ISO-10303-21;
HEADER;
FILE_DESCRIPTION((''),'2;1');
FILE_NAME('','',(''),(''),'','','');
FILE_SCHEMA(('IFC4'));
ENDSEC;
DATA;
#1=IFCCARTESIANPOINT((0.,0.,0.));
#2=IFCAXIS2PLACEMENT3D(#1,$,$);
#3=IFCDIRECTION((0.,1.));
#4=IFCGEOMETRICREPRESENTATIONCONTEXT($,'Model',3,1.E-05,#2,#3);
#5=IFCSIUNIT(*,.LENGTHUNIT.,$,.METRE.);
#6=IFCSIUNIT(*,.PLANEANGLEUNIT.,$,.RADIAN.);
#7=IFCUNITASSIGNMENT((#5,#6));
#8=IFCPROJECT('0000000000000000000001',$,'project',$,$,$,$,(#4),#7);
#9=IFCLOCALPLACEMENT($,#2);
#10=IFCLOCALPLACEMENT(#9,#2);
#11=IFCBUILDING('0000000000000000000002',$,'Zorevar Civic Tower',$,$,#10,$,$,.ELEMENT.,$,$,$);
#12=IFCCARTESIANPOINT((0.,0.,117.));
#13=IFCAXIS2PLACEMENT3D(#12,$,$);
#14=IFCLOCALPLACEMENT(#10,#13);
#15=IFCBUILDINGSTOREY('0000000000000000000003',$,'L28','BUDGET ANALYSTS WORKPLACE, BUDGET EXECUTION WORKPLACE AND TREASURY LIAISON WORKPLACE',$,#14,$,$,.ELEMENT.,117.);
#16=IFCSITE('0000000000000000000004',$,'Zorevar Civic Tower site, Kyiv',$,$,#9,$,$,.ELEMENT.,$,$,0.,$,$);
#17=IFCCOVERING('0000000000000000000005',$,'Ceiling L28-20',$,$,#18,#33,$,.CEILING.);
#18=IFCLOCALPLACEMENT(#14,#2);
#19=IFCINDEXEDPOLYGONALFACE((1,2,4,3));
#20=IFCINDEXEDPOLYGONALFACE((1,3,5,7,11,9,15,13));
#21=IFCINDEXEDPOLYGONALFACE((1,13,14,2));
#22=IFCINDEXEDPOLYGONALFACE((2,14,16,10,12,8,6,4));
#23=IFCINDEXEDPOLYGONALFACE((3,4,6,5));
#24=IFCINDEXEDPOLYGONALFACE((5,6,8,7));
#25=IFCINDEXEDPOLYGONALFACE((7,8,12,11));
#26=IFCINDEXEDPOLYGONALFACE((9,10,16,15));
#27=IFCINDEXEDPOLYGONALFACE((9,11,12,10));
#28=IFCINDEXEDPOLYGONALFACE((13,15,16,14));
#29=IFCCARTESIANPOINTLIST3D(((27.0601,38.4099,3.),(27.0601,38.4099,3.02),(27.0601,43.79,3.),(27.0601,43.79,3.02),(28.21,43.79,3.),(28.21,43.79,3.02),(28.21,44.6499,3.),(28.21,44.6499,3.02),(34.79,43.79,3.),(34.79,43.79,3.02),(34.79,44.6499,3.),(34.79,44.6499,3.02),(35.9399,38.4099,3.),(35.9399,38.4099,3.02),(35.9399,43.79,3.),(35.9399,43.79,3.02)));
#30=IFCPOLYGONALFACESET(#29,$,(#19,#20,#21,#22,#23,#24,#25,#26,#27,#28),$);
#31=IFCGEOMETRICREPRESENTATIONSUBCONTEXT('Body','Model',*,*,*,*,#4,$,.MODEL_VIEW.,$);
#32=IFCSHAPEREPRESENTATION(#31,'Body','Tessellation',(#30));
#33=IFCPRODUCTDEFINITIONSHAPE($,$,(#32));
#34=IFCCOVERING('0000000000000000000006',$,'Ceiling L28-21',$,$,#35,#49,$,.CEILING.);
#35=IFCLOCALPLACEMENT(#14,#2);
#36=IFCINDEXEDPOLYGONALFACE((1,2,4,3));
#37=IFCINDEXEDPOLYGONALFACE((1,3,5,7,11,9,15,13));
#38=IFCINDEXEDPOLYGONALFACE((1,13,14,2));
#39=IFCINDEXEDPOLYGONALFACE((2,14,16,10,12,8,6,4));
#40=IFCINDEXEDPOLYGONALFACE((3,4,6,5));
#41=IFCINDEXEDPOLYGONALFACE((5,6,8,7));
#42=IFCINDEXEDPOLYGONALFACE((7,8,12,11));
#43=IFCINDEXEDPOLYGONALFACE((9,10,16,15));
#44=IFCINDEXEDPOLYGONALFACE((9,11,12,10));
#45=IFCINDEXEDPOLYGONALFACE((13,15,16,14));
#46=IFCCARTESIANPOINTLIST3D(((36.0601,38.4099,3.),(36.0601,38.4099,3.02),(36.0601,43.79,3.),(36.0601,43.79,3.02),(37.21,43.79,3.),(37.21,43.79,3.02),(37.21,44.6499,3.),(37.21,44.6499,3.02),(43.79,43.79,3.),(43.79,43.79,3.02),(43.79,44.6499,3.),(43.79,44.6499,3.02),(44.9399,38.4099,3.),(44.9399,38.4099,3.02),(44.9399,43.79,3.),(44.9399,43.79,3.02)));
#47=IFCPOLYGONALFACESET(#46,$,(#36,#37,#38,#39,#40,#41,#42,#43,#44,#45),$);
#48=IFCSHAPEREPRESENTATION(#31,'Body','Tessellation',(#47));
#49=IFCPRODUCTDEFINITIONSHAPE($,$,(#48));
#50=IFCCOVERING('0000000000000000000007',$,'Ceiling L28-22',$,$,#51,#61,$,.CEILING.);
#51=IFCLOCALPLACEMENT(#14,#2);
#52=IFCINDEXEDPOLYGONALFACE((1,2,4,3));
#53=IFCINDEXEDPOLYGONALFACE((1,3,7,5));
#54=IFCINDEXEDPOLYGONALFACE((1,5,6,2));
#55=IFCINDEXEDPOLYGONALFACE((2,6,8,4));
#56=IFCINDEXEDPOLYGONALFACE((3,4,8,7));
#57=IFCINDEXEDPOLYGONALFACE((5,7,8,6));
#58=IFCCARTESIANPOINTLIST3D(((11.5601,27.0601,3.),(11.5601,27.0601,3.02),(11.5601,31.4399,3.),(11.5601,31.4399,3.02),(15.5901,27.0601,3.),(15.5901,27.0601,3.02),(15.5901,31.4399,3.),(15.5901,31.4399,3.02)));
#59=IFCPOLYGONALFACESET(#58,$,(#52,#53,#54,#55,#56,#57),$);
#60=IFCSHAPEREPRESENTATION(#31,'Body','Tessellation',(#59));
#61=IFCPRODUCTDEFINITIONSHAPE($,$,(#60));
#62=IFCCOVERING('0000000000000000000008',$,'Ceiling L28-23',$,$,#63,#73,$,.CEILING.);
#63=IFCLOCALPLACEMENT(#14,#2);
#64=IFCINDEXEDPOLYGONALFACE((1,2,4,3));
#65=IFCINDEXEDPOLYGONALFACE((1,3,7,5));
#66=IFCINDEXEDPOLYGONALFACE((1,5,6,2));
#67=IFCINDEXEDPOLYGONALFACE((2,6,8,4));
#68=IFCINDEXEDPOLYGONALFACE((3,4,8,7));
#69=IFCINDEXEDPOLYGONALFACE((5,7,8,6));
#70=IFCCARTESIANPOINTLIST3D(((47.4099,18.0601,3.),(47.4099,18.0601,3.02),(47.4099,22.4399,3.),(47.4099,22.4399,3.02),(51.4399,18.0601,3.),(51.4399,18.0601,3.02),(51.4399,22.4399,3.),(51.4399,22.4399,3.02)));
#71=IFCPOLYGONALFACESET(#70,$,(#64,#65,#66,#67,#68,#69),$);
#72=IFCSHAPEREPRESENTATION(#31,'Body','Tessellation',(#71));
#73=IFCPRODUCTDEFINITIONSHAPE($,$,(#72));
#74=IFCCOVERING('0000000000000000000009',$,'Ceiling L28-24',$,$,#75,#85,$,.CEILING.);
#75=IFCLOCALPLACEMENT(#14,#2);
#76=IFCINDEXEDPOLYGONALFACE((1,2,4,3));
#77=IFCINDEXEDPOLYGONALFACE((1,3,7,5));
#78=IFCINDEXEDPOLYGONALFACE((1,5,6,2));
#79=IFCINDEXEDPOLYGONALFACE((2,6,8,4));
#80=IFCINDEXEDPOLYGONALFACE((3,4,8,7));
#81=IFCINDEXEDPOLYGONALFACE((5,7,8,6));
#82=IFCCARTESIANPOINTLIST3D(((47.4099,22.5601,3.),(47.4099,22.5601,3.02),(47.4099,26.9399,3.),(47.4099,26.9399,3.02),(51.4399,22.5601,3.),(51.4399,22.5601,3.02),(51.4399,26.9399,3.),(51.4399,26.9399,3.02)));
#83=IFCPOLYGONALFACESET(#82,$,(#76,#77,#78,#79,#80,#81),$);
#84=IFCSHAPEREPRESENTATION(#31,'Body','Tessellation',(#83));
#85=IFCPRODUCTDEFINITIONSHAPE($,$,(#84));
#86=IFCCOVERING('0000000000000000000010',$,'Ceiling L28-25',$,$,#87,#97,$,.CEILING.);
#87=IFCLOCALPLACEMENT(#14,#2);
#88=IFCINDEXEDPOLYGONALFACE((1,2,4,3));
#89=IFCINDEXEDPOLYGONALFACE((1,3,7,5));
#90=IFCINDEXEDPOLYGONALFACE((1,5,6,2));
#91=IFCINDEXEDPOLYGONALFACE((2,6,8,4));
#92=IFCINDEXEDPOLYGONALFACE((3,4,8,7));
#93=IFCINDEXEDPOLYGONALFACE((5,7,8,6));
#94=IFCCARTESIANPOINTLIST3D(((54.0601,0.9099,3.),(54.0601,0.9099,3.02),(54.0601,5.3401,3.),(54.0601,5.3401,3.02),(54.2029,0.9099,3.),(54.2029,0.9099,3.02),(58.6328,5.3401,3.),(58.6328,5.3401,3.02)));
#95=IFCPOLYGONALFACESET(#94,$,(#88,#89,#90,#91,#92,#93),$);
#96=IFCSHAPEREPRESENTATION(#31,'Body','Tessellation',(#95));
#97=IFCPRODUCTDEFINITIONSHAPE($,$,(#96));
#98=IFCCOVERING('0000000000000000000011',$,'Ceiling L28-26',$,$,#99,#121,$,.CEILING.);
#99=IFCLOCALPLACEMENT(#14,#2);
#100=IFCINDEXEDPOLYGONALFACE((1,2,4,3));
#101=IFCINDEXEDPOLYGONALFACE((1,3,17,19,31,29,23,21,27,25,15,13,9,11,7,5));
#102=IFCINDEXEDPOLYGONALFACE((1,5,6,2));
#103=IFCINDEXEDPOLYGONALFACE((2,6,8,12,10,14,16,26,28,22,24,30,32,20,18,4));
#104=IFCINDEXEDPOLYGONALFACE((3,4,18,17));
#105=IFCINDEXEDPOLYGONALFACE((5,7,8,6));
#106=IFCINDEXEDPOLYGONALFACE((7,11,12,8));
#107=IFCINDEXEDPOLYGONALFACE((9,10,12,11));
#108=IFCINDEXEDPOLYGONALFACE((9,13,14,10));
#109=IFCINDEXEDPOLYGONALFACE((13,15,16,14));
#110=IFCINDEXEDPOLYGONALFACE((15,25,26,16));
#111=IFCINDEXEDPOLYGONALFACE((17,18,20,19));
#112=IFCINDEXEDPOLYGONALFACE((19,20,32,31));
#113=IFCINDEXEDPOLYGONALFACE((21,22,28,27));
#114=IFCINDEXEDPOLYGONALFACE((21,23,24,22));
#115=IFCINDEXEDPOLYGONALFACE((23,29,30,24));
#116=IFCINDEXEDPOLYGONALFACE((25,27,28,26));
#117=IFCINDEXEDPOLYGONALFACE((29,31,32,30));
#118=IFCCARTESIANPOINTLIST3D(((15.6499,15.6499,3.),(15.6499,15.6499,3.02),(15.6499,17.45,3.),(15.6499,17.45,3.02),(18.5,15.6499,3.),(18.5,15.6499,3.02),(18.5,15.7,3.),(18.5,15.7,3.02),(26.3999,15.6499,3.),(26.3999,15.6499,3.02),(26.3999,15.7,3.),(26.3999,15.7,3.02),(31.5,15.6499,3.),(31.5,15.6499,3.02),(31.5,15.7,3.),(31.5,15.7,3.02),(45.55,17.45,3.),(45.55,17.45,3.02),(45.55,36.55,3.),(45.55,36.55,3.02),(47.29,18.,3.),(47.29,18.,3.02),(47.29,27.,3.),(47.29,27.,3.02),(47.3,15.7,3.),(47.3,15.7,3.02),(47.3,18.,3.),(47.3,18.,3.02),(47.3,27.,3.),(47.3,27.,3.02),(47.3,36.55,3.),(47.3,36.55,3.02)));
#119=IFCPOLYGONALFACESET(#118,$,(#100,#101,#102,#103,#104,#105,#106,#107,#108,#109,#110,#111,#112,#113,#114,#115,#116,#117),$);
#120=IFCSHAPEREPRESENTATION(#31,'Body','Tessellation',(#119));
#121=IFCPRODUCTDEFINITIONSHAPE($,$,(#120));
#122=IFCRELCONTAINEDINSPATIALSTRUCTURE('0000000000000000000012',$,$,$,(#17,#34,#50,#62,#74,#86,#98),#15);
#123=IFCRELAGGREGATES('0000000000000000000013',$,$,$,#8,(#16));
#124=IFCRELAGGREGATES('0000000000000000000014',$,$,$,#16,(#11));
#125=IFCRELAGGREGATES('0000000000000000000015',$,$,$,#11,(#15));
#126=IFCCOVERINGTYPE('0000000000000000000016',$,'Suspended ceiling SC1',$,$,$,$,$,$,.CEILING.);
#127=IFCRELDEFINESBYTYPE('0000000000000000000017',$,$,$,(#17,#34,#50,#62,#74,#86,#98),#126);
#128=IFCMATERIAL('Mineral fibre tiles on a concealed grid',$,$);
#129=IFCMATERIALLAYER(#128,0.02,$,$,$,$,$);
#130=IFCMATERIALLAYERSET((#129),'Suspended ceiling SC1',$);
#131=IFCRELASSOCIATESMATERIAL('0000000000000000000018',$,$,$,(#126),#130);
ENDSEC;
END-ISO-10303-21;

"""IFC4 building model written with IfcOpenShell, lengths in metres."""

from ifc_helpers import new_model, si_unit, direction, frame, origin, place, context, subcontext, project, spatial, polyline, outline, extrude, material, layer, layer_set, type_object, element, save


model = new_model("IFC4")

# Units and contexts
model_context = context("Model", 3, precision=1e-05, world=origin(), true_north=direction((0.0, 1.0)))
body_context = subcontext(model_context, "Body", "Model", "MODEL_VIEW")
ifc_project = project(units=[si_unit("LENGTHUNIT", "METRE"), si_unit("PLANEANGLEUNIT", "RADIAN")], contexts=[model_context])

# Site, building, storey
site_placement = place(None, origin())
site = spatial("IfcSite", under=ifc_project, at=site_placement, Name="Zorevar Civic Tower site, Kyiv", CompositionType="ELEMENT", RefElevation=0.0)
building_placement = place(site_placement, origin())
building = spatial("IfcBuilding", under=site, at=building_placement, Name="Zorevar Civic Tower", CompositionType="ELEMENT")
storey_placement = place(building_placement, frame((0.0, 0.0, 117.0)))
storey = spatial("IfcBuildingStorey", under=building, at=storey_placement, Name="L28", Description="BUDGET ANALYSTS WORKPLACE, BUDGET EXECUTION WORKPLACE AND TREASURY LIAISON WORKPLACE", CompositionType="ELEMENT", Elevation=117.0)

# Coverings
ifc_material_1 = material(Name="Mineral fibre tiles on a concealed grid")
ifc_layer_1 = layer(ifc_material_1, 0.02)
ifc_layer_set_1 = layer_set([ifc_layer_1], Name="Suspended ceiling SC1")
covering_type_1 = type_object("IfcCoveringType", Name="Suspended ceiling SC1", PredefinedType="CEILING", material=ifc_layer_set_1)
covering_1_placement = place(storey_placement, frame((0.0, 0.0, 3.0)))
element("IfcCovering", 1, at=covering_1_placement, inside=storey, type_object=covering_type_1, Name="Ceiling L28-20", PredefinedType="CEILING", context=body_context, shape_type="SweptSolid", body=[
    extrude(outline(polyline([(28.21, 43.79), (28.21, 44.6499), (34.79, 44.6499), (34.79, 43.79), (35.9399, 43.79), (35.9399, 38.4099), (27.0601, 38.4099), (27.0601, 43.79), (28.21, 43.79)])), origin(), (0.0, 0.0, 1.0), 0.02),
])
covering_2_placement = place(storey_placement, frame((0.0, 0.0, 3.0)))
element("IfcCovering", 2, at=covering_2_placement, inside=storey, type_object=covering_type_1, Name="Ceiling L28-21", PredefinedType="CEILING", context=body_context, shape_type="SweptSolid", body=[
    extrude(outline(polyline([(37.21, 43.79), (37.21, 44.6499), (43.79, 44.6499), (43.79, 43.79), (44.9399, 43.79), (44.9399, 38.4099), (36.0601, 38.4099), (36.0601, 43.79), (37.21, 43.79)])), origin(), (0.0, 0.0, 1.0), 0.02),
])
covering_3_placement = place(storey_placement, frame((0.0, 0.0, 3.0)))
element("IfcCovering", 3, at=covering_3_placement, inside=storey, type_object=covering_type_1, Name="Ceiling L28-22", PredefinedType="CEILING", context=body_context, shape_type="SweptSolid", body=[
    extrude(outline(polyline([(15.5901, 27.0601), (11.5601, 27.0601), (11.5601, 31.4399), (15.5901, 31.4399), (15.5901, 27.0601)])), origin(), (0.0, 0.0, 1.0), 0.02),
])
covering_4_placement = place(storey_placement, frame((0.0, 0.0, 3.0)))
element("IfcCovering", 4, at=covering_4_placement, inside=storey, type_object=covering_type_1, Name="Ceiling L28-23", PredefinedType="CEILING", context=body_context, shape_type="SweptSolid", body=[
    extrude(outline(polyline([(47.4099, 18.0601), (47.4099, 22.4399), (51.4399, 22.4399), (51.4399, 18.0601), (47.4099, 18.0601)])), origin(), (0.0, 0.0, 1.0), 0.02),
])
covering_5_placement = place(storey_placement, frame((0.0, 0.0, 3.0)))
element("IfcCovering", 5, at=covering_5_placement, inside=storey, type_object=covering_type_1, Name="Ceiling L28-24", PredefinedType="CEILING", context=body_context, shape_type="SweptSolid", body=[
    extrude(outline(polyline([(51.4399, 22.5601), (47.4099, 22.5601), (47.4099, 26.9399), (51.4399, 26.9399), (51.4399, 22.5601)])), origin(), (0.0, 0.0, 1.0), 0.02),
])
covering_6_placement = place(storey_placement, frame((0.0, 0.0, 3.0)))
element("IfcCovering", 6, at=covering_6_placement, inside=storey, type_object=covering_type_1, Name="Ceiling L28-25", PredefinedType="CEILING", context=body_context, shape_type="SweptSolid", body=[
    extrude(outline(polyline([(54.0601, 0.9099), (54.0601, 5.3401), (58.6328, 5.3401), (54.2029, 0.9099), (54.0601, 0.9099)])), origin(), (0.0, 0.0, 1.0), 0.02),
])
covering_7_placement = place(storey_placement, frame((0.0, 0.0, 3.0)))
element("IfcCovering", 7, at=covering_7_placement, inside=storey, type_object=covering_type_1, Name="Ceiling L28-26", PredefinedType="CEILING", context=body_context, shape_type="SweptSolid", body=[
    extrude(outline(polyline([(45.55, 17.45), (45.55, 36.55), (47.3, 36.55), (47.3, 27.0), (47.29, 27.0), (47.29, 18.0), (47.3, 18.0), (47.3, 15.7), (31.5, 15.7), (31.5, 15.6499), (26.3999, 15.6499), (26.3999, 15.7), (18.5, 15.7), (18.5, 15.6499), (15.6499, 15.6499), (15.6499, 17.45), (45.55, 17.45)])), origin(), (0.0, 0.0, 1.0), 0.02),
])

save(model, "model.ifc")
